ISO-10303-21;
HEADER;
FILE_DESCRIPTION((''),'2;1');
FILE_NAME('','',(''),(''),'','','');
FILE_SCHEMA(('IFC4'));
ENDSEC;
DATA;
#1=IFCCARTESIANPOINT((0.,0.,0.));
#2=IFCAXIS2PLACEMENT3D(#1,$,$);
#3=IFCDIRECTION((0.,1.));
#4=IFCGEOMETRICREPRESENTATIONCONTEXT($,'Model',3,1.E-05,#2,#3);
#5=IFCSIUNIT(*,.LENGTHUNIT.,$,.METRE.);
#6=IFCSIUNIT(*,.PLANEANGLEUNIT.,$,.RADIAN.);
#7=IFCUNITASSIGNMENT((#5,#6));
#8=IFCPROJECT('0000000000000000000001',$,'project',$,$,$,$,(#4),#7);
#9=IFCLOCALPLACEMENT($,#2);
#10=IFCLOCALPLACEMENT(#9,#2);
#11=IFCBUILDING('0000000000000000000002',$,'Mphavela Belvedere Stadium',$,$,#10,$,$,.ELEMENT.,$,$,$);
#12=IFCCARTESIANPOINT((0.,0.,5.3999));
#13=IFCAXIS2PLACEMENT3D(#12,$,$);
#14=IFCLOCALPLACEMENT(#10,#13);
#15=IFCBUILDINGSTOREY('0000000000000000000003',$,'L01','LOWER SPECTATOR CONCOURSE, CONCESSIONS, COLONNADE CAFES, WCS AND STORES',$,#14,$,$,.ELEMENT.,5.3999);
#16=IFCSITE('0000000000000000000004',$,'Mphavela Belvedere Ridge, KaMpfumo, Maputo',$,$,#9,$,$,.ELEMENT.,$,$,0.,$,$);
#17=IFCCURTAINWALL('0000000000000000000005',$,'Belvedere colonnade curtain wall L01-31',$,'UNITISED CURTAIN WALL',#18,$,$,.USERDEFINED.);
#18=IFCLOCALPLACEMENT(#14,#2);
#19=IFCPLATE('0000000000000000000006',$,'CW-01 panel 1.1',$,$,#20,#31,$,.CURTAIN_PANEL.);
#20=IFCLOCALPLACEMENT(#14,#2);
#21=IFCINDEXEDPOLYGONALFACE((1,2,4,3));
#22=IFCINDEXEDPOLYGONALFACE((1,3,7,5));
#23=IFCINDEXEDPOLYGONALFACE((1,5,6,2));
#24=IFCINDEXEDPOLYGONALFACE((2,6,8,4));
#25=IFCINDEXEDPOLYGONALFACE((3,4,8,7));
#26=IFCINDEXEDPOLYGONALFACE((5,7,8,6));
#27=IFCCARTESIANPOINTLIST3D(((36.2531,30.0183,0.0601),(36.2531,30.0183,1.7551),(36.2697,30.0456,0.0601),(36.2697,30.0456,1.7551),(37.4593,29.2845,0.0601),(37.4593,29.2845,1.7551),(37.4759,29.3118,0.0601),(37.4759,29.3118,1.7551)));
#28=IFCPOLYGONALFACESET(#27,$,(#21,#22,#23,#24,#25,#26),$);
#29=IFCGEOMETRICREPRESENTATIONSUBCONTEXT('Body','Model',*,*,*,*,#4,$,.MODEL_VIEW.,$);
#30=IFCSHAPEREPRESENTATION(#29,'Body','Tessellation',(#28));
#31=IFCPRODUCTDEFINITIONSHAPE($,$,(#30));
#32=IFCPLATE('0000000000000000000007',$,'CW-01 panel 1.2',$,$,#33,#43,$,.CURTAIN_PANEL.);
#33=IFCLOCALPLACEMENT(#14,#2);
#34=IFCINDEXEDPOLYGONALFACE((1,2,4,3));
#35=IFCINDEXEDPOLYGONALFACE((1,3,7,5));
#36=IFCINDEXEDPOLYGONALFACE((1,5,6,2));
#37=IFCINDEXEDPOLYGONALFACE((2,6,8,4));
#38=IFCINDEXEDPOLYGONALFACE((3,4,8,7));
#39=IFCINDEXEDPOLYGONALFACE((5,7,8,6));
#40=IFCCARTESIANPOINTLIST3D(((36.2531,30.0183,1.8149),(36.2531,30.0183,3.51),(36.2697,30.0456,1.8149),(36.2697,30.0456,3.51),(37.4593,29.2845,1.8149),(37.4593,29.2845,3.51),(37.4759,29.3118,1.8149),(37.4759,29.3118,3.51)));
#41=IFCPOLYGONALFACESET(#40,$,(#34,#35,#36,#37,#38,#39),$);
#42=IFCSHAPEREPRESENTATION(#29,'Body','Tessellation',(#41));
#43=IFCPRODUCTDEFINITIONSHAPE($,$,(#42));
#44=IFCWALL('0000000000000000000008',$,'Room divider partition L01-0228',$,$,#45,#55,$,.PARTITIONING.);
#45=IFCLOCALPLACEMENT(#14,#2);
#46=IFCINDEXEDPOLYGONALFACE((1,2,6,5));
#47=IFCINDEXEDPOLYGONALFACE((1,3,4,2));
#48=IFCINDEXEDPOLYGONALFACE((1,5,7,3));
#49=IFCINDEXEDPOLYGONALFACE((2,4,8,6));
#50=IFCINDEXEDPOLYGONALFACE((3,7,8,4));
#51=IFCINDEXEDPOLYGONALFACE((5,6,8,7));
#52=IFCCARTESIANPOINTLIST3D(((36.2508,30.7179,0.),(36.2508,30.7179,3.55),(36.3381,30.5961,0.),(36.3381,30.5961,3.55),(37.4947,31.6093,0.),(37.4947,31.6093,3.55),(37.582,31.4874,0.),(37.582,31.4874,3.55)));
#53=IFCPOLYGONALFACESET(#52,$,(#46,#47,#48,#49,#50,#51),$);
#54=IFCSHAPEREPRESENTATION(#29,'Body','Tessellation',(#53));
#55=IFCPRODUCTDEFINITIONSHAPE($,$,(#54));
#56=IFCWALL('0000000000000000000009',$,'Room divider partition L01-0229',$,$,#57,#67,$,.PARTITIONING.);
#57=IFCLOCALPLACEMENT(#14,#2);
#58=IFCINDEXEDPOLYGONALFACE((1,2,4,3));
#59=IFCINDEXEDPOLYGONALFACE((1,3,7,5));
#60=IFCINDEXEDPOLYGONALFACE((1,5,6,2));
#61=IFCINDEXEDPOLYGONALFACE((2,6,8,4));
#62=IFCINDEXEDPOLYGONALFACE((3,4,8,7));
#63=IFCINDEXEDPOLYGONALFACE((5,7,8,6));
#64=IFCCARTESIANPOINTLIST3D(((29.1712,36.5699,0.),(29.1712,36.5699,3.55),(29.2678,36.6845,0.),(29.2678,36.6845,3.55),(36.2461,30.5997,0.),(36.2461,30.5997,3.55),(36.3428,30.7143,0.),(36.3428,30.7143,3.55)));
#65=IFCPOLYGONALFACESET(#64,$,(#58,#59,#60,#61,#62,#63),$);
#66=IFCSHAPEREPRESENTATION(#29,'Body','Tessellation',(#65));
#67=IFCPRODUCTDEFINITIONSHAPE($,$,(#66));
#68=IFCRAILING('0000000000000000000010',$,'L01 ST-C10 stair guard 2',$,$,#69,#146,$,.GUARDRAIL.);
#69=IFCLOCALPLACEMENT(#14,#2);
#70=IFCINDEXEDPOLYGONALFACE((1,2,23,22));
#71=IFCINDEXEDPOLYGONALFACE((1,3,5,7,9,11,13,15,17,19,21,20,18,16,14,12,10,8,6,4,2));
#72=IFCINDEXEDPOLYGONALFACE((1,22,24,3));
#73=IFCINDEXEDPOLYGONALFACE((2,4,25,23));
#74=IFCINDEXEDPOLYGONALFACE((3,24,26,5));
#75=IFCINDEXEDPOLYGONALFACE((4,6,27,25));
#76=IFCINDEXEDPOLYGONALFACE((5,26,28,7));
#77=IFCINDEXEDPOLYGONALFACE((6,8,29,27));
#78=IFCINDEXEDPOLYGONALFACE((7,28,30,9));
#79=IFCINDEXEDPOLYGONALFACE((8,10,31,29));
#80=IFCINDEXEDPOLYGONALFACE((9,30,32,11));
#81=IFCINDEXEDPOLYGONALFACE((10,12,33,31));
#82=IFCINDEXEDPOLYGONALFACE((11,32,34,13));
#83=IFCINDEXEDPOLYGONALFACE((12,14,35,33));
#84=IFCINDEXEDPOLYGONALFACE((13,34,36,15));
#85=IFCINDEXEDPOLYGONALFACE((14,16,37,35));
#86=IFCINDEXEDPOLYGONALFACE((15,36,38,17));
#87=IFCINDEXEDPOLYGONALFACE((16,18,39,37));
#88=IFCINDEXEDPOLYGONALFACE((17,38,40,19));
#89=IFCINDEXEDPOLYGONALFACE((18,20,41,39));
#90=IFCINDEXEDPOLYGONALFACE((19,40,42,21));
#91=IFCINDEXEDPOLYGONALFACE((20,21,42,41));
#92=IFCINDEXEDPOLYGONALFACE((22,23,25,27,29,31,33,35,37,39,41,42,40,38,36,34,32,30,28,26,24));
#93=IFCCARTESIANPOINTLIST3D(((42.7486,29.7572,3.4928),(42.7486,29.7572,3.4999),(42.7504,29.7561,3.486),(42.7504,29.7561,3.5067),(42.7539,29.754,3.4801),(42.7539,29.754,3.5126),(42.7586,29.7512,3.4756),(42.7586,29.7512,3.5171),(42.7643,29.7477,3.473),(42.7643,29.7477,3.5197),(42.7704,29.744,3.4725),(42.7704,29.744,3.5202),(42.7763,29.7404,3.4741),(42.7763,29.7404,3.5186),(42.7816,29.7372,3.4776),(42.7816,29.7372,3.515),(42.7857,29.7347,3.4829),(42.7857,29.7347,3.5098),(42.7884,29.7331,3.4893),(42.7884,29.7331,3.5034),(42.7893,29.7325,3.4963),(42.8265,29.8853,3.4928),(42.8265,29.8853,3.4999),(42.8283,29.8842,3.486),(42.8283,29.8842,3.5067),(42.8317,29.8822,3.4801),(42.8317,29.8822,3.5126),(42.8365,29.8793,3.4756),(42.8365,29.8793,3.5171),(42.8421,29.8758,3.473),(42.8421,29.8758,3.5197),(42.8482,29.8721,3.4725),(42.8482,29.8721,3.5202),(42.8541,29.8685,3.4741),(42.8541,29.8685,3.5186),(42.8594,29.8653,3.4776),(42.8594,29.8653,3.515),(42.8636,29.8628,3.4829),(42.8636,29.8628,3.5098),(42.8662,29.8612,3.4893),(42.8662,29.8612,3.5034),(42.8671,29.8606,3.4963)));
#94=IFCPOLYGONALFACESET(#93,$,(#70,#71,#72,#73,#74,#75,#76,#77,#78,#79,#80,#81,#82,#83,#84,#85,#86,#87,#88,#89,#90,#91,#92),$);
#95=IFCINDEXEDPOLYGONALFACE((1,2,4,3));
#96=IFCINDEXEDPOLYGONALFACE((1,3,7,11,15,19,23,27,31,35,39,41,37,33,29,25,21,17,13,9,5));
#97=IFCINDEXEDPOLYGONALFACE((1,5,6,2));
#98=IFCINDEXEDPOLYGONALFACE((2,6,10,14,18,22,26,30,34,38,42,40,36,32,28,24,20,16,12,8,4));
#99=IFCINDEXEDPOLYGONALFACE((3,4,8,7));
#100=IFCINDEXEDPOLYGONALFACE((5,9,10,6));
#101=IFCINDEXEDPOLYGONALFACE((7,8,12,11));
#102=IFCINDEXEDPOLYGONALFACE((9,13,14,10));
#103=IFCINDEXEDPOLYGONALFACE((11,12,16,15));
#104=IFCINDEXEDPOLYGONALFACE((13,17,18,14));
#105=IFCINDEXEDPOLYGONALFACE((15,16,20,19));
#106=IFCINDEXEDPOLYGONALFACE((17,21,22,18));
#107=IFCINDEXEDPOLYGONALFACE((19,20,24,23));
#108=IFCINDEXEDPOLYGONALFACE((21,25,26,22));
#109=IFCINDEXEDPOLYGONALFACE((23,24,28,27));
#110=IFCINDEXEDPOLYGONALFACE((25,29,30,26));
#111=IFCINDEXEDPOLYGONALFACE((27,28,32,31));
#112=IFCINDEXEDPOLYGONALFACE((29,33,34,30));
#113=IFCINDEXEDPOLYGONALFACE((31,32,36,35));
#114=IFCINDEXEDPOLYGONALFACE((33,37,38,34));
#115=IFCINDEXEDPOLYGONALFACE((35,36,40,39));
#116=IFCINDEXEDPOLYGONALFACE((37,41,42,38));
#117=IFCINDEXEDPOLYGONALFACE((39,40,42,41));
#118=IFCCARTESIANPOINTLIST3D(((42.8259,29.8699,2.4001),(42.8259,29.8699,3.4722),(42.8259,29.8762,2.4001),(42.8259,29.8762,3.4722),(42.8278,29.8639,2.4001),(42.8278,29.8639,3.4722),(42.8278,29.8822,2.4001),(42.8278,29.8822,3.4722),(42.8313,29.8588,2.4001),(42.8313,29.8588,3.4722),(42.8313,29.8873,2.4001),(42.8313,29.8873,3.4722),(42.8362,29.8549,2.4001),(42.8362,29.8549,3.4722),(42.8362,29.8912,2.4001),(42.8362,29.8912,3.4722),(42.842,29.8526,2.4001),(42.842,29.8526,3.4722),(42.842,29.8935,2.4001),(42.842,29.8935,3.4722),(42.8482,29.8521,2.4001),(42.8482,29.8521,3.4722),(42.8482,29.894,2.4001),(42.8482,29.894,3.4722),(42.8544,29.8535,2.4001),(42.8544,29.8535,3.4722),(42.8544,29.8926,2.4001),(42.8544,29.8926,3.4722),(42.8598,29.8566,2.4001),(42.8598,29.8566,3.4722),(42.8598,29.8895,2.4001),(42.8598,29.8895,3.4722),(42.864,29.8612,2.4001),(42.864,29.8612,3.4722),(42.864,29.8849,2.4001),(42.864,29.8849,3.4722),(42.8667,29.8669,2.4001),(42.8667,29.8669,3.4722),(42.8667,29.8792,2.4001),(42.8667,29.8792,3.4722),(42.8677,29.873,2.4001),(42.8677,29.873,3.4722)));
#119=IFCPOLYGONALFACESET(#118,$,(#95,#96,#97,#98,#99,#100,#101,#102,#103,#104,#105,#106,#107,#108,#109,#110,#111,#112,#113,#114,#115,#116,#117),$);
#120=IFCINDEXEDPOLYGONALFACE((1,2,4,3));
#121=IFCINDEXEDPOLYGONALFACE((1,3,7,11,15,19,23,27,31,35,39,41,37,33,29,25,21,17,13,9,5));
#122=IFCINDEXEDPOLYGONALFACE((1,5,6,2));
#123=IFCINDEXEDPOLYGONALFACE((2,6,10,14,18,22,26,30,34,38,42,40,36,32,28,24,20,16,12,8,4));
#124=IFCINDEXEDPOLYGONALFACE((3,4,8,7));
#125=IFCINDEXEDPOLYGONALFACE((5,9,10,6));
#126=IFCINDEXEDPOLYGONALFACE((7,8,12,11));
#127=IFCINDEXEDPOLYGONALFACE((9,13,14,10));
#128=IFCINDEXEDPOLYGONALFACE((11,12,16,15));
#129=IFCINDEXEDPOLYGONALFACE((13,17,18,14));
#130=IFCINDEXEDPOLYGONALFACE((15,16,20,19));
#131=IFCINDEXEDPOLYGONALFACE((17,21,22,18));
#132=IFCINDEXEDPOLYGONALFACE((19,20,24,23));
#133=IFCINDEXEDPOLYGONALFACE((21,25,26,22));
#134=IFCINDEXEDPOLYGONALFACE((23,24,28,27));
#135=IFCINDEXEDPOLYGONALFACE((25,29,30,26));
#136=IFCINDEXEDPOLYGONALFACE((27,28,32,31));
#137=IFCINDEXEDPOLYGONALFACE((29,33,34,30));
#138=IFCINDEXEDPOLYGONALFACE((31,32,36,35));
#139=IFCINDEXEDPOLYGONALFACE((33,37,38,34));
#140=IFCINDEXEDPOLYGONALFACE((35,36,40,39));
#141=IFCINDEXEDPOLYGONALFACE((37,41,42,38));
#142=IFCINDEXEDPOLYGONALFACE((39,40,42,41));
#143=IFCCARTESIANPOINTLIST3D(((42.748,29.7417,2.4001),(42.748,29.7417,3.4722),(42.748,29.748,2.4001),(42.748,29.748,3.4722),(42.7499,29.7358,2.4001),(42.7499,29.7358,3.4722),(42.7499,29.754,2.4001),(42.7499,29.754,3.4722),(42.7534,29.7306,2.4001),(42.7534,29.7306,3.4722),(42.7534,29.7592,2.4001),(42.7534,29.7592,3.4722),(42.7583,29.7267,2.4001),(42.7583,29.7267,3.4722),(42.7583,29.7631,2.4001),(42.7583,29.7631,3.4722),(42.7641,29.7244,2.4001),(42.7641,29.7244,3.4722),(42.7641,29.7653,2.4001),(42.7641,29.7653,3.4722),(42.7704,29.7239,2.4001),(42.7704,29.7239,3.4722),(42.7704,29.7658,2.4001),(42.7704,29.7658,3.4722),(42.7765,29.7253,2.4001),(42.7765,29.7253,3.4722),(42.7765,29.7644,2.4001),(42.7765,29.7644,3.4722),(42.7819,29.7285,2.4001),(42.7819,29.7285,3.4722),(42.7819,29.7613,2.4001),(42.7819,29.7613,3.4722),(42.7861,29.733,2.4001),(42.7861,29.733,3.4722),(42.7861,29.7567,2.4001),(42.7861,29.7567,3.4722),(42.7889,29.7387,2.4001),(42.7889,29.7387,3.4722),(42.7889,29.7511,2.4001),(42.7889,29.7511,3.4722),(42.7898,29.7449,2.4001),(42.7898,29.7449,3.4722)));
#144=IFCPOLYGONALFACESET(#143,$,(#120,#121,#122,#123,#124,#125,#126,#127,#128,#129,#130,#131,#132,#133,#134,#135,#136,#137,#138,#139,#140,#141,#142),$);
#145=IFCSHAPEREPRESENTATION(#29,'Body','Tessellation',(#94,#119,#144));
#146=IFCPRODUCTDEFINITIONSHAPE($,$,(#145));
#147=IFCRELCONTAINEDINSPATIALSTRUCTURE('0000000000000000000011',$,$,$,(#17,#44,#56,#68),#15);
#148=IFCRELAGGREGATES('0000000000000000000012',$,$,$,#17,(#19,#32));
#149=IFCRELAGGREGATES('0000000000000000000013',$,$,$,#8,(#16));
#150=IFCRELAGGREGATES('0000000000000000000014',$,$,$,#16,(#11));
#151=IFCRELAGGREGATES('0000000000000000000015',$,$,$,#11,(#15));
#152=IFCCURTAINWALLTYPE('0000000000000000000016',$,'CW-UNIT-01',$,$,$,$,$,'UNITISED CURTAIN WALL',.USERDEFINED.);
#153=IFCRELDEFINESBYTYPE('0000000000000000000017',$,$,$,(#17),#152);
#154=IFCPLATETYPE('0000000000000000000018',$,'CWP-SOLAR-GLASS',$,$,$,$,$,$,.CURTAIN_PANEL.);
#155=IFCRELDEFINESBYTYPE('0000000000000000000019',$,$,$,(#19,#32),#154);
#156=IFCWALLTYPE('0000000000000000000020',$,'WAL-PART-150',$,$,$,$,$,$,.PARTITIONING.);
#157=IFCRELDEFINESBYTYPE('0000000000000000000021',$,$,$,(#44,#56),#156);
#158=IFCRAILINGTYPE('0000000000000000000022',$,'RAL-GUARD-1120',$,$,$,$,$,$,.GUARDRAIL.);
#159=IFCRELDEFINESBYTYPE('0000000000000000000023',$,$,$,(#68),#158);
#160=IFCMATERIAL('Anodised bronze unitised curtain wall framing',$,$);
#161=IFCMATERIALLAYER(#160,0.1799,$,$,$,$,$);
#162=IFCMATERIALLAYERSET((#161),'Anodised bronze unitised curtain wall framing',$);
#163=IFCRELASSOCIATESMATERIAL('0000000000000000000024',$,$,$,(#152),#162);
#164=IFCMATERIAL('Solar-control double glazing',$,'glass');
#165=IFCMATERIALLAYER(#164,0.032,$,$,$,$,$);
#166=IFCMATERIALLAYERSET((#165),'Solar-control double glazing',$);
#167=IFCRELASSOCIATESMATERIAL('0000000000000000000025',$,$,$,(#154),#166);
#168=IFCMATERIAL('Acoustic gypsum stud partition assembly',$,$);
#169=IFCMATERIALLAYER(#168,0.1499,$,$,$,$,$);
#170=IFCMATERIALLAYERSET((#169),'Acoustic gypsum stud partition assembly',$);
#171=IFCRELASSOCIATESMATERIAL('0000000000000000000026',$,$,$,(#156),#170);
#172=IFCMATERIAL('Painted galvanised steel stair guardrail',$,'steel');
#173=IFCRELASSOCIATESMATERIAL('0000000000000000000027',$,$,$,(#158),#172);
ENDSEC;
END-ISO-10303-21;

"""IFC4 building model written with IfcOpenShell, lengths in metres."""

from ifc_helpers import new_model, si_unit, direction, frame, frame_2d, origin, origin_2d, place, context, subcontext, project, spatial, rectangle, circle, extrude, material, layer, layer_set, type_object, element, aggregate, save


model = new_model("IFC4")

# Units and contexts
model_context = context("Model", 3, precision=1e-05, world=origin(), true_north=direction((0.0, 1.0)))
body_context = subcontext(model_context, "Body", "Model", "MODEL_VIEW")
ifc_project = project(units=[si_unit("LENGTHUNIT", "METRE"), si_unit("PLANEANGLEUNIT", "RADIAN")], contexts=[model_context])

# Site, building, storey
site_placement = place(None, origin())
site = spatial("IfcSite", under=ifc_project, at=site_placement, Name="Mphavela Belvedere Ridge, KaMpfumo, Maputo", CompositionType="ELEMENT", RefElevation=0.0)
building_placement = place(site_placement, origin())
building = spatial("IfcBuilding", under=site, at=building_placement, Name="Mphavela Belvedere Stadium", CompositionType="ELEMENT")
storey_placement = place(building_placement, frame((0.0, 0.0, 5.3999)))
storey = spatial("IfcBuildingStorey", under=building, at=storey_placement, Name="L01", Description="LOWER SPECTATOR CONCOURSE, CONCESSIONS, COLONNADE CAFES, WCS AND STORES", CompositionType="ELEMENT", Elevation=5.3999)

# Curtain wall
ifc_material_1 = material(Name="Anodised bronze unitised curtain wall framing")
ifc_layer_1 = layer(ifc_material_1, 0.1799)
ifc_layer_set_1 = layer_set([ifc_layer_1], Name="Anodised bronze unitised curtain wall framing")
curtain_wall_type_1 = type_object("IfcCurtainWallType", Name="CW-UNIT-01", ElementType="UNITISED CURTAIN WALL", PredefinedType="USERDEFINED", material=ifc_layer_set_1)
curtain_wall_1_placement = place(storey_placement, origin())
curtain_wall_1 = element("IfcCurtainWall", 1, at=curtain_wall_1_placement, inside=storey, type_object=curtain_wall_type_1, Name="Belvedere colonnade curtain wall L01-31", ObjectType="UNITISED CURTAIN WALL", PredefinedType="USERDEFINED")

# Plates
ifc_material_2 = material(Name="Solar-control double glazing", Category="glass")
ifc_layer_2 = layer(ifc_material_2, 0.032)
ifc_layer_set_2 = layer_set([ifc_layer_2], Name="Solar-control double glazing")
plate_type = type_object("IfcPlateType", Name="CWP-SOLAR-GLASS", PredefinedType="CURTAIN_PANEL", material=ifc_layer_set_2)
plate_1_placement = place(storey_placement, frame((36.8645, 29.665, 0.0601), z_axis=(0.0, 0.0, 1.0), x_axis=(0.854328, -0.519735, 0.0)))
plate_1 = element("IfcPlate", 2, at=plate_1_placement, type_object=plate_type, Name="CW-01 panel 1.1", PredefinedType="CURTAIN_PANEL", context=body_context, shape_type="SweptSolid", body=[
    extrude(rectangle(XDim=1.4119, YDim=0.032, at=origin_2d()), origin(), (0.0, 0.0, 1.0), 1.6951),
])
plate_2_placement = place(storey_placement, frame((36.8645, 29.665, 1.8149), z_axis=(0.0, 0.0, 1.0), x_axis=(0.854328, -0.519735, 0.0)))
plate_2 = element("IfcPlate", 3, at=plate_2_placement, type_object=plate_type, Name="CW-01 panel 1.2", PredefinedType="CURTAIN_PANEL", context=body_context, shape_type="SweptSolid", body=[
    extrude(rectangle(XDim=1.4119, YDim=0.032, at=origin_2d()), origin(), (0.0, 0.0, 1.0), 1.6951),
])
aggregate(curtain_wall_1, [plate_1, plate_2])

# Walls
ifc_material_3 = material(Name="Acoustic gypsum stud partition assembly")
ifc_layer_3 = layer(ifc_material_3, 0.1499)
ifc_layer_set_3 = layer_set([ifc_layer_3], Name="Acoustic gypsum stud partition assembly")
wall_type = type_object("IfcWallType", Name="WAL-PART-150", PredefinedType="PARTITIONING", material=ifc_layer_set_3)
wall_1_placement = place(storey_placement, frame((37.5383, 31.5483, 0.0), z_axis=(0.0, 0.0, 1.0), x_axis=(-0.812849, -0.582475, 0.0)))
element("IfcWall", 4, at=wall_1_placement, inside=storey, type_object=wall_type, Name="Room divider partition L01-0228", PredefinedType="PARTITIONING", context=body_context, shape_type="SweptSolid", body=[
    extrude(rectangle(XDim=1.5303, YDim=0.1499, at=frame_2d((0.7651, 0.0))), origin(), (0.0, 0.0, 1.0), 3.55),
])
wall_2_placement = place(storey_placement, frame((36.2944, 30.657, 0.0), z_axis=(0.0, 0.0, 1.0), x_axis=(-0.764253, 0.644917, 0.0)))
element("IfcWall", 5, at=wall_2_placement, inside=storey, type_object=wall_type, Name="Room divider partition L01-0229", PredefinedType="PARTITIONING", context=body_context, shape_type="SweptSolid", body=[
    extrude(rectangle(XDim=9.2573, YDim=0.1499, at=frame_2d((4.6287, 0.0))), origin(), (0.0, 0.0, 1.0), 3.55),
])

# Railing
ifc_material_4 = material(Name="Painted galvanised steel stair guardrail", Category="steel")
railing_type = type_object("IfcRailingType", Name="RAL-GUARD-1120", PredefinedType="GUARDRAIL", material=ifc_material_4)
railing_1_placement = place(storey_placement, frame((42.8467, 29.873, 2.4001)))
element("IfcRailing", 6, at=railing_1_placement, inside=storey, type_object=railing_type, Name="L01 ST-C10 stair guard 2", PredefinedType="GUARDRAIL", context=body_context, shape_type="SweptSolid", body=[
    extrude(circle(Radius=0.0239, at=origin_2d()), frame((0.0, 0.0, 1.0962), z_axis=(-0.519275, -0.854607, 0.0), x_axis=(0.854607, -0.519275, 0.0)), (0.0, 0.0, 1.0), 0.1499),
    extrude(circle(Radius=0.021, at=origin_2d()), origin(), (0.0, 0.0, 1.0), 1.072),
    extrude(circle(Radius=0.021, at=origin_2d()), frame((-0.0779, -0.1282, 0.0)), (0.0, 0.0, 1.0), 1.072),
])

save(model, "model.ifc")
